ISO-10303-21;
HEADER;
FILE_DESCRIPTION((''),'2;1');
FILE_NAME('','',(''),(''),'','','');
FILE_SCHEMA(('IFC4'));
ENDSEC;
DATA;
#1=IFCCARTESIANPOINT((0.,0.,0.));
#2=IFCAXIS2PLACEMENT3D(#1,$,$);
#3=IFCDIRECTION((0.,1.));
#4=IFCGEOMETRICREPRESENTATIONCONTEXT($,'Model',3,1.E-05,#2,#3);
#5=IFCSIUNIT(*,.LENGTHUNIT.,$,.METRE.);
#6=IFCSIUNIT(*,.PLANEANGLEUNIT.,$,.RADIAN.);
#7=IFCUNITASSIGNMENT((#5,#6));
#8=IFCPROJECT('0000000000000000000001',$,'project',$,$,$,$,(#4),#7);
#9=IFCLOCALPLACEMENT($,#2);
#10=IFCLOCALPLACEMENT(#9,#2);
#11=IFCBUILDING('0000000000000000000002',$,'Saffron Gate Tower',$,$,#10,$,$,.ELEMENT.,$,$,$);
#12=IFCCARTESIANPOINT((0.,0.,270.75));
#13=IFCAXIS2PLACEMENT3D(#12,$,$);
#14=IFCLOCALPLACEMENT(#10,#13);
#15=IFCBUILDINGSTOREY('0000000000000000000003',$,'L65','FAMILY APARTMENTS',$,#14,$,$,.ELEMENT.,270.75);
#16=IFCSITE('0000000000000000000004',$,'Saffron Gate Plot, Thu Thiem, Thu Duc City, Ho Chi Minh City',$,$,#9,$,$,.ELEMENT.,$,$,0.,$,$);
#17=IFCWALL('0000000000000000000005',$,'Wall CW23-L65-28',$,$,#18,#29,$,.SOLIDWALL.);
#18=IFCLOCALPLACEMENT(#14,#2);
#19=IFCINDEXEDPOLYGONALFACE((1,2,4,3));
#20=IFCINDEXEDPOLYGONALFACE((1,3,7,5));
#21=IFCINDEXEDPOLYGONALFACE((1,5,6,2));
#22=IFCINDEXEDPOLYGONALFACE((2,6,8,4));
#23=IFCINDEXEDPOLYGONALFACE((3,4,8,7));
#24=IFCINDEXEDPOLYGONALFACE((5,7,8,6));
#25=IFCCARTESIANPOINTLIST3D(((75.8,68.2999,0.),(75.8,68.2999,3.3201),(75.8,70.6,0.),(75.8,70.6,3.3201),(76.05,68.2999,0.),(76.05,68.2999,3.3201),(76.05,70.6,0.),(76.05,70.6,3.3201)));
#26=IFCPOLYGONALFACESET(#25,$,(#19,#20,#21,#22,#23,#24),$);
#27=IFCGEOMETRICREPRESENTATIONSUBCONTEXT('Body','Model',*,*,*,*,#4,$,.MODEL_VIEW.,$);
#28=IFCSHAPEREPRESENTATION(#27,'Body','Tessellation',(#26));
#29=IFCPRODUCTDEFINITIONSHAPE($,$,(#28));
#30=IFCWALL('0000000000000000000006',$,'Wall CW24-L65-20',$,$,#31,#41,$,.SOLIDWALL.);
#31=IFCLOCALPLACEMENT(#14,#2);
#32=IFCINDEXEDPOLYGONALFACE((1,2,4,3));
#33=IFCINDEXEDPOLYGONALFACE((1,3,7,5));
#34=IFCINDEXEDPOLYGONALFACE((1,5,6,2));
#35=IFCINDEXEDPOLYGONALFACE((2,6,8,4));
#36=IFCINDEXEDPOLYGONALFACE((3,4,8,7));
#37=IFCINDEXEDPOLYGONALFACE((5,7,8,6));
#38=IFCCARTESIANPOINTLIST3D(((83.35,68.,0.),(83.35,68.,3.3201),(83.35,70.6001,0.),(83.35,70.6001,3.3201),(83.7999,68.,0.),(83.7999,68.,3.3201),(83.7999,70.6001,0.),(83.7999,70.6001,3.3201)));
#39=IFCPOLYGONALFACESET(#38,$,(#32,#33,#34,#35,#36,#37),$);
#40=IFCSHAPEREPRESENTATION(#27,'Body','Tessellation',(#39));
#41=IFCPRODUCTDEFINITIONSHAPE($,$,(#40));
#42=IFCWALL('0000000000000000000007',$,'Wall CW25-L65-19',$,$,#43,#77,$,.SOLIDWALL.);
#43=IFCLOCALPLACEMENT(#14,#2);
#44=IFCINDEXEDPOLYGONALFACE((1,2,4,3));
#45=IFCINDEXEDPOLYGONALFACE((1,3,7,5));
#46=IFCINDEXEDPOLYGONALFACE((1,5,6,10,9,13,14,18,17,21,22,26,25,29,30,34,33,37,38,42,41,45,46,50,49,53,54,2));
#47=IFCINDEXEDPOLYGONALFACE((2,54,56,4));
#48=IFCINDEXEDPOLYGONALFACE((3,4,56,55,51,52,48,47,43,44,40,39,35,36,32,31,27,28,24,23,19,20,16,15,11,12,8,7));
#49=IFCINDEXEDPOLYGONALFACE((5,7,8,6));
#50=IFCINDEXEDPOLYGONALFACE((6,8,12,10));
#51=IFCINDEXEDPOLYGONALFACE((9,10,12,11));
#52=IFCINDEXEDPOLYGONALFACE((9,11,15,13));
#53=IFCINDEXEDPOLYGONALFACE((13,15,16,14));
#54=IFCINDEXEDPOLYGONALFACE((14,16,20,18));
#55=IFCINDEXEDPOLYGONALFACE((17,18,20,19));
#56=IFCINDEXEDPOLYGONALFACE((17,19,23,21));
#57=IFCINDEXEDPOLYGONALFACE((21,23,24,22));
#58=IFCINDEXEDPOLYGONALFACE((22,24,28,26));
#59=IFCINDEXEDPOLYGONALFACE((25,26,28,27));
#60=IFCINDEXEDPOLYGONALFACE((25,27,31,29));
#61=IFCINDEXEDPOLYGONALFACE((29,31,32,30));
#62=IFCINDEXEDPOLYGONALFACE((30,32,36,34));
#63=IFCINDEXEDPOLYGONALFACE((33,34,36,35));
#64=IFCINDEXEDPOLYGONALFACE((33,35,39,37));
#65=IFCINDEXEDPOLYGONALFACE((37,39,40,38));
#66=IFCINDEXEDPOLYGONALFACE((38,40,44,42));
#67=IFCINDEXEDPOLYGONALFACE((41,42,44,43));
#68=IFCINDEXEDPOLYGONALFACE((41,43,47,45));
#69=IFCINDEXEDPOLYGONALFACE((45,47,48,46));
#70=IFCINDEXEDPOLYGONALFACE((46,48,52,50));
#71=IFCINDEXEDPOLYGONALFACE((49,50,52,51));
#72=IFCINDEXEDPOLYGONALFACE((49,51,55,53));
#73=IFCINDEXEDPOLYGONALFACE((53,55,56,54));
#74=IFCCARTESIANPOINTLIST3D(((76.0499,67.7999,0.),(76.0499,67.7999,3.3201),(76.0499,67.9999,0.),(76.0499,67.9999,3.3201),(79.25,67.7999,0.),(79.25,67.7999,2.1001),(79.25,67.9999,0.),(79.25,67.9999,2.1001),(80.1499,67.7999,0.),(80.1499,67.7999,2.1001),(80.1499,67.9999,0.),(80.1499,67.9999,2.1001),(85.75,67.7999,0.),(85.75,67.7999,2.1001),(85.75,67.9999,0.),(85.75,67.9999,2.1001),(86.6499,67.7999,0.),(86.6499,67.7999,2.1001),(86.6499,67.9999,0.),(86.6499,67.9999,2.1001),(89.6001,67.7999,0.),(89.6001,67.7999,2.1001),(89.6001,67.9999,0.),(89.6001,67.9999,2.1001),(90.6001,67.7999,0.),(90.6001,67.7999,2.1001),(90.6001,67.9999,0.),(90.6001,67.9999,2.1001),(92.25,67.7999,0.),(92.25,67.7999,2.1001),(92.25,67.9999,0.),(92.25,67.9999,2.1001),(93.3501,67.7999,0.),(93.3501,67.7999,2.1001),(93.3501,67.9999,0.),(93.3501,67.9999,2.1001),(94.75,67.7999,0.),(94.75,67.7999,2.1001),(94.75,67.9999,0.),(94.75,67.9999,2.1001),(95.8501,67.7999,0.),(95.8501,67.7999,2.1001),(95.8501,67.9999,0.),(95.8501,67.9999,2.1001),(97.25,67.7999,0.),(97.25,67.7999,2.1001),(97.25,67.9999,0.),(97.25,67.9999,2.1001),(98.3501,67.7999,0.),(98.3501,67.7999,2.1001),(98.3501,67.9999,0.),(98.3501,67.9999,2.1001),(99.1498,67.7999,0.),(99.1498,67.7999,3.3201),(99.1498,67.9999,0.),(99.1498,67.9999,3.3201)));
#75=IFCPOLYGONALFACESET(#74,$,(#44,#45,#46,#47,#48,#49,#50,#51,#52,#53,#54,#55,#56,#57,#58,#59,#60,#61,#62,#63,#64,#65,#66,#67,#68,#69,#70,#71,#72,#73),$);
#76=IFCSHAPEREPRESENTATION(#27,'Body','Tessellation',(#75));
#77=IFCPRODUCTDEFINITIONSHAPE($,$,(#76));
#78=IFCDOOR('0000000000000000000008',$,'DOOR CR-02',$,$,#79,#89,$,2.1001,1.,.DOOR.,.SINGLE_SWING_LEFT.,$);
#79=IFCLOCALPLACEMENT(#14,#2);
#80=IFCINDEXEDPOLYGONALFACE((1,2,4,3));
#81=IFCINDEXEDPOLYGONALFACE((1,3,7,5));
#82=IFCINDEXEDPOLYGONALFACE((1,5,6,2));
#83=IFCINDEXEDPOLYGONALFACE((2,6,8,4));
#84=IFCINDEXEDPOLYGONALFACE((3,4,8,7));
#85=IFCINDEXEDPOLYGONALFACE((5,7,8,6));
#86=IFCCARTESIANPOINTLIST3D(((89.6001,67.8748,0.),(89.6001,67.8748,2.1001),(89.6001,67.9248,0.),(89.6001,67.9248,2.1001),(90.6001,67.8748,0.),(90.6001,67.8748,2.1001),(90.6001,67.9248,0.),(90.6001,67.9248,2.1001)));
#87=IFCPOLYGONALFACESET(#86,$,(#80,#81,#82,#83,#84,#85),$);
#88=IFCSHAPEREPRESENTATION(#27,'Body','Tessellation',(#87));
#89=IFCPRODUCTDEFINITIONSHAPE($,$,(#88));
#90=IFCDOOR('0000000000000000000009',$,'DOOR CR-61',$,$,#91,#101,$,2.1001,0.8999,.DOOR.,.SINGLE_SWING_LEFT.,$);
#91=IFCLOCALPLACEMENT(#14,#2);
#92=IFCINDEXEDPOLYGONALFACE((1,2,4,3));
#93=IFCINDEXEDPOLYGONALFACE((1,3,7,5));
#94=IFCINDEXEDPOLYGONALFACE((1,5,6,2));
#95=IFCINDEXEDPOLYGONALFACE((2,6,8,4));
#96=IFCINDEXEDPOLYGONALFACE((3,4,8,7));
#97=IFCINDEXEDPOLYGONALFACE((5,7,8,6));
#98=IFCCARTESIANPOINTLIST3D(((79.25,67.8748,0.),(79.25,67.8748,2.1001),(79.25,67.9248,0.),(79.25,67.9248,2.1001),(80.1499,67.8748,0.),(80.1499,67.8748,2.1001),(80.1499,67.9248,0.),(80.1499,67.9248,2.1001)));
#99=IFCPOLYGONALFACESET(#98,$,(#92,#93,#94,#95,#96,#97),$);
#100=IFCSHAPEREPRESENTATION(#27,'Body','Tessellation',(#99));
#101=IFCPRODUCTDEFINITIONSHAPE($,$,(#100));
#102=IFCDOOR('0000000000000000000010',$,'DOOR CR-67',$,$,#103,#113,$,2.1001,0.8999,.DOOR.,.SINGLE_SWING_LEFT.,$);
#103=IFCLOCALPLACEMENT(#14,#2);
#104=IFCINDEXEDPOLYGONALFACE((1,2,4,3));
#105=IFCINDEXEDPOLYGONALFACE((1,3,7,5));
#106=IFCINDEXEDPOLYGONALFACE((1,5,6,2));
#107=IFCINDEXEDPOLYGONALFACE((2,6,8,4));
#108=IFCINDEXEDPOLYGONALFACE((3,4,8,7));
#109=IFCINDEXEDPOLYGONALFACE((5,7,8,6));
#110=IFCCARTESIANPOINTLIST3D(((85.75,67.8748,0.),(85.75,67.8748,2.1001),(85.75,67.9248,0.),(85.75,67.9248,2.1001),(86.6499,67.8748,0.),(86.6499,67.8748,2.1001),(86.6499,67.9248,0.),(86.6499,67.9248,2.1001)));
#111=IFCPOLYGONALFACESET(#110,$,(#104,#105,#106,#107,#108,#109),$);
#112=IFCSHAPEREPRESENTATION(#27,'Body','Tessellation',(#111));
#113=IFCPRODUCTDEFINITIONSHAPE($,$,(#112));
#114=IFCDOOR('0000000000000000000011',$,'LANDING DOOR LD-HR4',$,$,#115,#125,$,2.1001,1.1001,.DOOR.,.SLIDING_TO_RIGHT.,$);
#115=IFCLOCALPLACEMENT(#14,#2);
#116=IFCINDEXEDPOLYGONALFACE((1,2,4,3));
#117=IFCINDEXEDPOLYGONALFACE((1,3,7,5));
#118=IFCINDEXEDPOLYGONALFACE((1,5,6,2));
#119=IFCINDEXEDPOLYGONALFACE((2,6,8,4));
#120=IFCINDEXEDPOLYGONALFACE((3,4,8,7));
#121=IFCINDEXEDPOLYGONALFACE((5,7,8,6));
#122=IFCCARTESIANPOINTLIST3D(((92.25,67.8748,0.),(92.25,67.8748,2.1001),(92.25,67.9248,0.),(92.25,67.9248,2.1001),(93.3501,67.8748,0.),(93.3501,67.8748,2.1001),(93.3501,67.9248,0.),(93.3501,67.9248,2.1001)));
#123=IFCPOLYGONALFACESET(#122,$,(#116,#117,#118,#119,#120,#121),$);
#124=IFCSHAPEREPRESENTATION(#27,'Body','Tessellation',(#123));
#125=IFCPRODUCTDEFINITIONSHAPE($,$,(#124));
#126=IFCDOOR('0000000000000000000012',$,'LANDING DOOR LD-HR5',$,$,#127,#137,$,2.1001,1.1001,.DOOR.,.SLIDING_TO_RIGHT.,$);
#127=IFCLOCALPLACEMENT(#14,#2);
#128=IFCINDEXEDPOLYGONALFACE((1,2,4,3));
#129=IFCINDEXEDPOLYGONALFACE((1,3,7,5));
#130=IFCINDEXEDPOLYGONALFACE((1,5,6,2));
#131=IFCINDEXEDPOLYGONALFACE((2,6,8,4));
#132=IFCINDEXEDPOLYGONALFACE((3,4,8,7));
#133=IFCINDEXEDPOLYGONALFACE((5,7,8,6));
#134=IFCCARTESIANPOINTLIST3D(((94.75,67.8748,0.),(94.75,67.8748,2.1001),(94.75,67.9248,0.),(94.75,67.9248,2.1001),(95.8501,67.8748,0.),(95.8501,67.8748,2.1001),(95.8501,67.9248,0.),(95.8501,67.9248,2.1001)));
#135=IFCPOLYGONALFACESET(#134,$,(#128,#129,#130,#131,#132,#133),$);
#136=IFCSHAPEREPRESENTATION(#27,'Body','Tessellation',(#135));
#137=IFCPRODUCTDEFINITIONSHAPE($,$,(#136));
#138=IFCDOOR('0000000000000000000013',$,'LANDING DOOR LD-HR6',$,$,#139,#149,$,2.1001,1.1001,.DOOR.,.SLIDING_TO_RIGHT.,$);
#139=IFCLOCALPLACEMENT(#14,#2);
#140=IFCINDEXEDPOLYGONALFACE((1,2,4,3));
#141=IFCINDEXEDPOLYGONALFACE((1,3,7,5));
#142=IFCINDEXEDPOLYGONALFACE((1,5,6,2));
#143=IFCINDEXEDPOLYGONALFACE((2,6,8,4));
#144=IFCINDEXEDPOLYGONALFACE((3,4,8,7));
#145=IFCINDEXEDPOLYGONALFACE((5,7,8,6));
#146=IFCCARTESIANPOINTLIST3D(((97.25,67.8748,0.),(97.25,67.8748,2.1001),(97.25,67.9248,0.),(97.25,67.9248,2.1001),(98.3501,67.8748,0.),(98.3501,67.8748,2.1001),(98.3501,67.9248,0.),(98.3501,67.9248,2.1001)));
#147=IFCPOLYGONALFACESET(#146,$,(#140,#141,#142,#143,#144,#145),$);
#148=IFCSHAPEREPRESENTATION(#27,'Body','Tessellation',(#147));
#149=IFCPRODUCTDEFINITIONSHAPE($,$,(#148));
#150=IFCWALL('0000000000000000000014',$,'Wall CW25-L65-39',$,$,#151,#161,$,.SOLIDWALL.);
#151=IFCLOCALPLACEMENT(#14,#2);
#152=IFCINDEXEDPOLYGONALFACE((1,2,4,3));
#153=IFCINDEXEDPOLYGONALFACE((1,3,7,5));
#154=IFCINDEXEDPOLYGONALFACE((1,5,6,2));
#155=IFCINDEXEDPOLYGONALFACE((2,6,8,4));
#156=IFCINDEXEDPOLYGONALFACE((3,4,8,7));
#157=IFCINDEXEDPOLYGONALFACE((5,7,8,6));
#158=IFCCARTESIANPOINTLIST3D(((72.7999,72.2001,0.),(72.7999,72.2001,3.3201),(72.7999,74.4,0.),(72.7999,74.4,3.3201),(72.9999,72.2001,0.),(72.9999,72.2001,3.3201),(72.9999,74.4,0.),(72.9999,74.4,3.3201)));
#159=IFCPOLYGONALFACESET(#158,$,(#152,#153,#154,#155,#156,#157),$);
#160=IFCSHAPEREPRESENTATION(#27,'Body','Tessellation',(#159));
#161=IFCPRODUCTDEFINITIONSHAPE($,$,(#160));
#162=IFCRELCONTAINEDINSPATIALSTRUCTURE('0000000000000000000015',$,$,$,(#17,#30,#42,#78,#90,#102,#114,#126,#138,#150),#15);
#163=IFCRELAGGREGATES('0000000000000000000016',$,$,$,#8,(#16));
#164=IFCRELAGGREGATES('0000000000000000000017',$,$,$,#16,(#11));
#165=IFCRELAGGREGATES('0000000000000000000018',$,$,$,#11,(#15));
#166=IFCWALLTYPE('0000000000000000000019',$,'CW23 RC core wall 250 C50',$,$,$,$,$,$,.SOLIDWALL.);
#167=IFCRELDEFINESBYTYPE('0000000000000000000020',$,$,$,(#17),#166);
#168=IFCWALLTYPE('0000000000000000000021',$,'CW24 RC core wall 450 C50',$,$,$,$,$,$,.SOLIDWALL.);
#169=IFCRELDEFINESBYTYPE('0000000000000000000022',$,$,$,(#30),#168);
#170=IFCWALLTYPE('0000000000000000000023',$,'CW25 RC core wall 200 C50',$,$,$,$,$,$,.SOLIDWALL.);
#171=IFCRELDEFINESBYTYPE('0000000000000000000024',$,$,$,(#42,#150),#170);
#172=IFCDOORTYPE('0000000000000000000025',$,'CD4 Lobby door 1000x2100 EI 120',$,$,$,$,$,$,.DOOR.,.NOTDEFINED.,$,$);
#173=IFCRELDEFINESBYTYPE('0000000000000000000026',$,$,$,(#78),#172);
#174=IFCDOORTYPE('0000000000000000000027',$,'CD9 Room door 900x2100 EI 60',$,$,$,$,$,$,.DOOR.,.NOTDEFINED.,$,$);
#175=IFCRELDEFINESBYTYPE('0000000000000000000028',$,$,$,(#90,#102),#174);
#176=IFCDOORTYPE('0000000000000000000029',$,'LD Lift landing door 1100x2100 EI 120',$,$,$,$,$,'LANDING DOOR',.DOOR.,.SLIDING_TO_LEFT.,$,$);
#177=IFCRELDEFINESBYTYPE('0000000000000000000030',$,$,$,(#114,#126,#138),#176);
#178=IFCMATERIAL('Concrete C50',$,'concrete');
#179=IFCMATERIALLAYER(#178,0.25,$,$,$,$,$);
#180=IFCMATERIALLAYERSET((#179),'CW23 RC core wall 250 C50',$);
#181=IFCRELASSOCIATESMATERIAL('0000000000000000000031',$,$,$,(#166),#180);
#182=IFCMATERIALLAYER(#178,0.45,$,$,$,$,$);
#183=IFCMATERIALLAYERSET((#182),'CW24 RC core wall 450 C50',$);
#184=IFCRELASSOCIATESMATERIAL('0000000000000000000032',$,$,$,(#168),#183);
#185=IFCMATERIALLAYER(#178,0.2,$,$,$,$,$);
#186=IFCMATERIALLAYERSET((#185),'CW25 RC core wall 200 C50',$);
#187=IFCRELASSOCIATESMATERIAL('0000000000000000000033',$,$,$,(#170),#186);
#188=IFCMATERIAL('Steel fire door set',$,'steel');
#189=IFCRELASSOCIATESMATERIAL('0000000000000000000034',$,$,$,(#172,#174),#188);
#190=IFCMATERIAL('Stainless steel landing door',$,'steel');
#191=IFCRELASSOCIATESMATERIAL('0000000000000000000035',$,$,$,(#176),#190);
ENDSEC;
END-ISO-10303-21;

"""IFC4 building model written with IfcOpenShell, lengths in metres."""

from ifc_helpers import new_model, si_unit, direction, frame, frame_2d, origin, place, context, subcontext, project, spatial, rectangle, extrude, material, layer, layer_set, type_object, element, fill, save


model = new_model("IFC4")

# Units and contexts
model_context = context("Model", 3, precision=1e-05, world=origin(), true_north=direction((0.0, 1.0)))
body_context = subcontext(model_context, "Body", "Model", "MODEL_VIEW")
ifc_project = project(units=[si_unit("LENGTHUNIT", "METRE"), si_unit("PLANEANGLEUNIT", "RADIAN")], contexts=[model_context])

# Site, building, storey
site_placement = place(None, origin())
site = spatial("IfcSite", under=ifc_project, at=site_placement, Name="Saffron Gate Plot, Thu Thiem, Thu Duc City, Ho Chi Minh City", CompositionType="ELEMENT", RefElevation=0.0)
building_placement = place(site_placement, origin())
building = spatial("IfcBuilding", under=site, at=building_placement, Name="Saffron Gate Tower", CompositionType="ELEMENT")
storey_placement = place(building_placement, frame((0.0, 0.0, 270.75)))
storey = spatial("IfcBuildingStorey", under=building, at=storey_placement, Name="L65", Description="FAMILY APARTMENTS", CompositionType="ELEMENT", Elevation=270.75)

# Walls
ifc_material_1 = material(Name="Concrete C50", Category="concrete")
ifc_layer_1 = layer(ifc_material_1, 0.25)
ifc_layer_set_1 = layer_set([ifc_layer_1], Name="CW23 RC core wall 250 C50")
wall_type_1 = type_object("IfcWallType", Name="CW23 RC core wall 250 C50", PredefinedType="SOLIDWALL", material=ifc_layer_set_1)
wall_1_placement = place(storey_placement, frame((75.925, 68.3, 0.0), z_axis=(0.0, 0.0, 1.0), x_axis=(0.0, 1.0, 0.0)))
element("IfcWall", 1, at=wall_1_placement, inside=storey, type_object=wall_type_1, Name="Wall CW23-L65-28", PredefinedType="SOLIDWALL", context=body_context, shape_type="SweptSolid", body=[
    extrude(rectangle(XDim=2.3, YDim=0.25, at=frame_2d((1.1499, 0.0))), origin(), (0.0, 0.0, 1.0), 3.3201),
])
ifc_layer_2 = layer(ifc_material_1, 0.45)
ifc_layer_set_2 = layer_set([ifc_layer_2], Name="CW24 RC core wall 450 C50")
wall_type_2 = type_object("IfcWallType", Name="CW24 RC core wall 450 C50", PredefinedType="SOLIDWALL", material=ifc_layer_set_2)
wall_2_placement = place(storey_placement, frame((83.575, 68.0, 0.0), z_axis=(0.0, 0.0, 1.0), x_axis=(0.0, 1.0, 0.0)))
element("IfcWall", 2, at=wall_2_placement, inside=storey, type_object=wall_type_2, Name="Wall CW24-L65-20", PredefinedType="SOLIDWALL", context=body_context, shape_type="SweptSolid", body=[
    extrude(rectangle(XDim=2.6001, YDim=0.45, at=frame_2d((1.3, 0.0))), origin(), (0.0, 0.0, 1.0), 3.3201),
])

# Wall, openings, doors
ifc_layer_3 = layer(ifc_material_1, 0.2)
ifc_layer_set_3 = layer_set([ifc_layer_3], Name="CW25 RC core wall 200 C50")
wall_type_3 = type_object("IfcWallType", Name="CW25 RC core wall 200 C50", PredefinedType="SOLIDWALL", material=ifc_layer_set_3)
wall_3_placement = place(storey_placement, frame((76.05, 67.8999, 0.0), z_axis=(0.0, 0.0, 1.0), x_axis=(1.0, 0.0, 0.0)))
wall_3 = element("IfcWall", 3, at=wall_3_placement, inside=storey, type_object=wall_type_3, Name="Wall CW25-L65-19", PredefinedType="SOLIDWALL", context=body_context, shape_type="SweptSolid", body=[
    extrude(rectangle(XDim=23.0999, YDim=0.2, at=frame_2d((11.5498, 0.0))), origin(), (0.0, 0.0, 1.0), 3.3201),
])
opening_1_placement = place(wall_3_placement, frame((3.2, 0.0, 0.0)))
opening_1 = element("IfcOpeningElement", 4, at=opening_1_placement, cuts=wall_3, PredefinedType="OPENING", context=body_context, shape_type="SweptSolid", body=[
    extrude(rectangle(XDim=0.8999, YDim=2.1001, at=frame_2d((0.45, 1.05))), frame((0.0, 0.1099, 0.0), z_axis=(0.0, -1.0, 0.0), x_axis=(1.0, 0.0, 0.0)), (0.0, 0.0, 1.0), 0.22),
])
opening_2_placement = place(wall_3_placement, frame((9.7, 0.0, 0.0)))
opening_2 = element("IfcOpeningElement", 5, at=opening_2_placement, cuts=wall_3, PredefinedType="OPENING", context=body_context, shape_type="SweptSolid", body=[
    extrude(rectangle(XDim=0.8999, YDim=2.1001, at=frame_2d((0.45, 1.05))), frame((0.0, 0.1099, 0.0), z_axis=(0.0, -1.0, 0.0), x_axis=(1.0, 0.0, 0.0)), (0.0, 0.0, 1.0), 0.22),
])
opening_3_placement = place(wall_3_placement, frame((13.55, 0.0, 0.0)))
opening_3 = element("IfcOpeningElement", 6, at=opening_3_placement, cuts=wall_3, PredefinedType="OPENING", context=body_context, shape_type="SweptSolid", body=[
    extrude(rectangle(XDim=1.0, YDim=2.1001, at=frame_2d((0.5, 1.05))), frame((0.0, 0.1099, 0.0), z_axis=(0.0, -1.0, 0.0), x_axis=(1.0, 0.0, 0.0)), (0.0, 0.0, 1.0), 0.22),
])
opening_4_placement = place(wall_3_placement, frame((16.2, 0.0, 0.0)))
opening_4 = element("IfcOpeningElement", 7, at=opening_4_placement, cuts=wall_3, PredefinedType="OPENING", context=body_context, shape_type="SweptSolid", body=[
    extrude(rectangle(XDim=1.1001, YDim=2.1001, at=frame_2d((0.55, 1.05))), frame((0.0, 0.1099, 0.0), z_axis=(0.0, -1.0, 0.0), x_axis=(1.0, 0.0, 0.0)), (0.0, 0.0, 1.0), 0.22),
])
opening_5_placement = place(wall_3_placement, frame((18.7, 0.0, 0.0)))
opening_5 = element("IfcOpeningElement", 8, at=opening_5_placement, cuts=wall_3, PredefinedType="OPENING", context=body_context, shape_type="SweptSolid", body=[
    extrude(rectangle(XDim=1.1001, YDim=2.1001, at=frame_2d((0.55, 1.05))), frame((0.0, 0.1099, 0.0), z_axis=(0.0, -1.0, 0.0), x_axis=(1.0, 0.0, 0.0)), (0.0, 0.0, 1.0), 0.22),
])
opening_6_placement = place(wall_3_placement, frame((21.2, 0.0, 0.0)))
opening_6 = element("IfcOpeningElement", 9, at=opening_6_placement, cuts=wall_3, PredefinedType="OPENING", context=body_context, shape_type="SweptSolid", body=[
    extrude(rectangle(XDim=1.1001, YDim=2.1001, at=frame_2d((0.55, 1.05))), frame((0.0, 0.1099, 0.0), z_axis=(0.0, -1.0, 0.0), x_axis=(1.0, 0.0, 0.0)), (0.0, 0.0, 1.0), 0.22),
])
ifc_material_2 = material(Name="Steel fire door set", Category="steel")
door_type_1 = type_object("IfcDoorType", Name="CD4 Lobby door 1000x2100 EI 120", OperationType="NOTDEFINED", PredefinedType="DOOR", material=ifc_material_2)
door_1_placement = place(opening_3_placement, origin())
door_1 = element("IfcDoor", 10, at=door_1_placement, inside=storey, type_object=door_type_1, Name="DOOR CR-02", OperationType="SINGLE_SWING_LEFT", OverallHeight=2.1001, OverallWidth=1.0, PredefinedType="DOOR", context=body_context, shape_type="SweptSolid", body=[
    extrude(rectangle(XDim=1.0, YDim=2.1001, at=frame_2d((0.5, 1.05))), frame((0.0, 0.0249, 0.0), z_axis=(0.0, -1.0, 0.0), x_axis=(1.0, 0.0, 0.0)), (0.0, 0.0, 1.0), 0.05),
])
fill(opening_3, door_1)
door_type_2 = type_object("IfcDoorType", Name="CD9 Room door 900x2100 EI 60", OperationType="NOTDEFINED", PredefinedType="DOOR", material=ifc_material_2)
door_2_placement = place(opening_1_placement, origin())
door_2 = element("IfcDoor", 11, at=door_2_placement, inside=storey, type_object=door_type_2, Name="DOOR CR-61", OperationType="SINGLE_SWING_LEFT", OverallHeight=2.1001, OverallWidth=0.8999, PredefinedType="DOOR", context=body_context, shape_type="SweptSolid", body=[
    extrude(rectangle(XDim=0.8999, YDim=2.1001, at=frame_2d((0.45, 1.05))), frame((0.0, 0.0249, 0.0), z_axis=(0.0, -1.0, 0.0), x_axis=(1.0, 0.0, 0.0)), (0.0, 0.0, 1.0), 0.05),
])
fill(opening_1, door_2)
door_3_placement = place(opening_2_placement, origin())
door_3 = element("IfcDoor", 12, at=door_3_placement, inside=storey, type_object=door_type_2, Name="DOOR CR-67", OperationType="SINGLE_SWING_LEFT", OverallHeight=2.1001, OverallWidth=0.8999, PredefinedType="DOOR", context=body_context, shape_type="SweptSolid", body=[
    extrude(rectangle(XDim=0.8999, YDim=2.1001, at=frame_2d((0.45, 1.05))), frame((0.0, 0.0249, 0.0), z_axis=(0.0, -1.0, 0.0), x_axis=(1.0, 0.0, 0.0)), (0.0, 0.0, 1.0), 0.05),
])
fill(opening_2, door_3)
ifc_material_3 = material(Name="Stainless steel landing door", Category="steel")
door_type_3 = type_object("IfcDoorType", Name="LD Lift landing door 1100x2100 EI 120", ElementType="LANDING DOOR", OperationType="SLIDING_TO_LEFT", PredefinedType="DOOR", material=ifc_material_3)
door_4_placement = place(opening_4_placement, origin())
door_4 = element("IfcDoor", 13, at=door_4_placement, inside=storey, type_object=door_type_3, Name="LANDING DOOR LD-HR4", OperationType="SLIDING_TO_RIGHT", OverallHeight=2.1001, OverallWidth=1.1001, PredefinedType="DOOR", context=body_context, shape_type="SweptSolid", body=[
    extrude(rectangle(XDim=1.1001, YDim=2.1001, at=frame_2d((0.55, 1.05))), frame((0.0, 0.0249, 0.0), z_axis=(0.0, -1.0, 0.0), x_axis=(1.0, 0.0, 0.0)), (0.0, 0.0, 1.0), 0.05),
])
fill(opening_4, door_4)
door_5_placement = place(opening_5_placement, origin())
door_5 = element("IfcDoor", 14, at=door_5_placement, inside=storey, type_object=door_type_3, Name="LANDING DOOR LD-HR5", OperationType="SLIDING_TO_RIGHT", OverallHeight=2.1001, OverallWidth=1.1001, PredefinedType="DOOR", context=body_context, shape_type="SweptSolid", body=[
    extrude(rectangle(XDim=1.1001, YDim=2.1001, at=frame_2d((0.55, 1.05))), frame((0.0, 0.0249, 0.0), z_axis=(0.0, -1.0, 0.0), x_axis=(1.0, 0.0, 0.0)), (0.0, 0.0, 1.0), 0.05),
])
fill(opening_5, door_5)
door_6_placement = place(opening_6_placement, origin())
door_6 = element("IfcDoor", 15, at=door_6_placement, inside=storey, type_object=door_type_3, Name="LANDING DOOR LD-HR6", OperationType="SLIDING_TO_RIGHT", OverallHeight=2.1001, OverallWidth=1.1001, PredefinedType="DOOR", context=body_context, shape_type="SweptSolid", body=[
    extrude(rectangle(XDim=1.1001, YDim=2.1001, at=frame_2d((0.55, 1.05))), frame((0.0, 0.0249, 0.0), z_axis=(0.0, -1.0, 0.0), x_axis=(1.0, 0.0, 0.0)), (0.0, 0.0, 1.0), 0.05),
])
fill(opening_6, door_6)

# Wall
wall_4_placement = place(storey_placement, frame((72.8999, 72.2, 0.0), z_axis=(0.0, 0.0, 1.0), x_axis=(0.0, 1.0, 0.0)))
element("IfcWall", 16, at=wall_4_placement, inside=storey, type_object=wall_type_3, Name="Wall CW25-L65-39", PredefinedType="SOLIDWALL", context=body_context, shape_type="SweptSolid", body=[
    extrude(rectangle(XDim=2.2, YDim=0.2, at=frame_2d((1.1001, 0.0))), origin(), (0.0, 0.0, 1.0), 3.3201),
])

save(model, "model.ifc")
